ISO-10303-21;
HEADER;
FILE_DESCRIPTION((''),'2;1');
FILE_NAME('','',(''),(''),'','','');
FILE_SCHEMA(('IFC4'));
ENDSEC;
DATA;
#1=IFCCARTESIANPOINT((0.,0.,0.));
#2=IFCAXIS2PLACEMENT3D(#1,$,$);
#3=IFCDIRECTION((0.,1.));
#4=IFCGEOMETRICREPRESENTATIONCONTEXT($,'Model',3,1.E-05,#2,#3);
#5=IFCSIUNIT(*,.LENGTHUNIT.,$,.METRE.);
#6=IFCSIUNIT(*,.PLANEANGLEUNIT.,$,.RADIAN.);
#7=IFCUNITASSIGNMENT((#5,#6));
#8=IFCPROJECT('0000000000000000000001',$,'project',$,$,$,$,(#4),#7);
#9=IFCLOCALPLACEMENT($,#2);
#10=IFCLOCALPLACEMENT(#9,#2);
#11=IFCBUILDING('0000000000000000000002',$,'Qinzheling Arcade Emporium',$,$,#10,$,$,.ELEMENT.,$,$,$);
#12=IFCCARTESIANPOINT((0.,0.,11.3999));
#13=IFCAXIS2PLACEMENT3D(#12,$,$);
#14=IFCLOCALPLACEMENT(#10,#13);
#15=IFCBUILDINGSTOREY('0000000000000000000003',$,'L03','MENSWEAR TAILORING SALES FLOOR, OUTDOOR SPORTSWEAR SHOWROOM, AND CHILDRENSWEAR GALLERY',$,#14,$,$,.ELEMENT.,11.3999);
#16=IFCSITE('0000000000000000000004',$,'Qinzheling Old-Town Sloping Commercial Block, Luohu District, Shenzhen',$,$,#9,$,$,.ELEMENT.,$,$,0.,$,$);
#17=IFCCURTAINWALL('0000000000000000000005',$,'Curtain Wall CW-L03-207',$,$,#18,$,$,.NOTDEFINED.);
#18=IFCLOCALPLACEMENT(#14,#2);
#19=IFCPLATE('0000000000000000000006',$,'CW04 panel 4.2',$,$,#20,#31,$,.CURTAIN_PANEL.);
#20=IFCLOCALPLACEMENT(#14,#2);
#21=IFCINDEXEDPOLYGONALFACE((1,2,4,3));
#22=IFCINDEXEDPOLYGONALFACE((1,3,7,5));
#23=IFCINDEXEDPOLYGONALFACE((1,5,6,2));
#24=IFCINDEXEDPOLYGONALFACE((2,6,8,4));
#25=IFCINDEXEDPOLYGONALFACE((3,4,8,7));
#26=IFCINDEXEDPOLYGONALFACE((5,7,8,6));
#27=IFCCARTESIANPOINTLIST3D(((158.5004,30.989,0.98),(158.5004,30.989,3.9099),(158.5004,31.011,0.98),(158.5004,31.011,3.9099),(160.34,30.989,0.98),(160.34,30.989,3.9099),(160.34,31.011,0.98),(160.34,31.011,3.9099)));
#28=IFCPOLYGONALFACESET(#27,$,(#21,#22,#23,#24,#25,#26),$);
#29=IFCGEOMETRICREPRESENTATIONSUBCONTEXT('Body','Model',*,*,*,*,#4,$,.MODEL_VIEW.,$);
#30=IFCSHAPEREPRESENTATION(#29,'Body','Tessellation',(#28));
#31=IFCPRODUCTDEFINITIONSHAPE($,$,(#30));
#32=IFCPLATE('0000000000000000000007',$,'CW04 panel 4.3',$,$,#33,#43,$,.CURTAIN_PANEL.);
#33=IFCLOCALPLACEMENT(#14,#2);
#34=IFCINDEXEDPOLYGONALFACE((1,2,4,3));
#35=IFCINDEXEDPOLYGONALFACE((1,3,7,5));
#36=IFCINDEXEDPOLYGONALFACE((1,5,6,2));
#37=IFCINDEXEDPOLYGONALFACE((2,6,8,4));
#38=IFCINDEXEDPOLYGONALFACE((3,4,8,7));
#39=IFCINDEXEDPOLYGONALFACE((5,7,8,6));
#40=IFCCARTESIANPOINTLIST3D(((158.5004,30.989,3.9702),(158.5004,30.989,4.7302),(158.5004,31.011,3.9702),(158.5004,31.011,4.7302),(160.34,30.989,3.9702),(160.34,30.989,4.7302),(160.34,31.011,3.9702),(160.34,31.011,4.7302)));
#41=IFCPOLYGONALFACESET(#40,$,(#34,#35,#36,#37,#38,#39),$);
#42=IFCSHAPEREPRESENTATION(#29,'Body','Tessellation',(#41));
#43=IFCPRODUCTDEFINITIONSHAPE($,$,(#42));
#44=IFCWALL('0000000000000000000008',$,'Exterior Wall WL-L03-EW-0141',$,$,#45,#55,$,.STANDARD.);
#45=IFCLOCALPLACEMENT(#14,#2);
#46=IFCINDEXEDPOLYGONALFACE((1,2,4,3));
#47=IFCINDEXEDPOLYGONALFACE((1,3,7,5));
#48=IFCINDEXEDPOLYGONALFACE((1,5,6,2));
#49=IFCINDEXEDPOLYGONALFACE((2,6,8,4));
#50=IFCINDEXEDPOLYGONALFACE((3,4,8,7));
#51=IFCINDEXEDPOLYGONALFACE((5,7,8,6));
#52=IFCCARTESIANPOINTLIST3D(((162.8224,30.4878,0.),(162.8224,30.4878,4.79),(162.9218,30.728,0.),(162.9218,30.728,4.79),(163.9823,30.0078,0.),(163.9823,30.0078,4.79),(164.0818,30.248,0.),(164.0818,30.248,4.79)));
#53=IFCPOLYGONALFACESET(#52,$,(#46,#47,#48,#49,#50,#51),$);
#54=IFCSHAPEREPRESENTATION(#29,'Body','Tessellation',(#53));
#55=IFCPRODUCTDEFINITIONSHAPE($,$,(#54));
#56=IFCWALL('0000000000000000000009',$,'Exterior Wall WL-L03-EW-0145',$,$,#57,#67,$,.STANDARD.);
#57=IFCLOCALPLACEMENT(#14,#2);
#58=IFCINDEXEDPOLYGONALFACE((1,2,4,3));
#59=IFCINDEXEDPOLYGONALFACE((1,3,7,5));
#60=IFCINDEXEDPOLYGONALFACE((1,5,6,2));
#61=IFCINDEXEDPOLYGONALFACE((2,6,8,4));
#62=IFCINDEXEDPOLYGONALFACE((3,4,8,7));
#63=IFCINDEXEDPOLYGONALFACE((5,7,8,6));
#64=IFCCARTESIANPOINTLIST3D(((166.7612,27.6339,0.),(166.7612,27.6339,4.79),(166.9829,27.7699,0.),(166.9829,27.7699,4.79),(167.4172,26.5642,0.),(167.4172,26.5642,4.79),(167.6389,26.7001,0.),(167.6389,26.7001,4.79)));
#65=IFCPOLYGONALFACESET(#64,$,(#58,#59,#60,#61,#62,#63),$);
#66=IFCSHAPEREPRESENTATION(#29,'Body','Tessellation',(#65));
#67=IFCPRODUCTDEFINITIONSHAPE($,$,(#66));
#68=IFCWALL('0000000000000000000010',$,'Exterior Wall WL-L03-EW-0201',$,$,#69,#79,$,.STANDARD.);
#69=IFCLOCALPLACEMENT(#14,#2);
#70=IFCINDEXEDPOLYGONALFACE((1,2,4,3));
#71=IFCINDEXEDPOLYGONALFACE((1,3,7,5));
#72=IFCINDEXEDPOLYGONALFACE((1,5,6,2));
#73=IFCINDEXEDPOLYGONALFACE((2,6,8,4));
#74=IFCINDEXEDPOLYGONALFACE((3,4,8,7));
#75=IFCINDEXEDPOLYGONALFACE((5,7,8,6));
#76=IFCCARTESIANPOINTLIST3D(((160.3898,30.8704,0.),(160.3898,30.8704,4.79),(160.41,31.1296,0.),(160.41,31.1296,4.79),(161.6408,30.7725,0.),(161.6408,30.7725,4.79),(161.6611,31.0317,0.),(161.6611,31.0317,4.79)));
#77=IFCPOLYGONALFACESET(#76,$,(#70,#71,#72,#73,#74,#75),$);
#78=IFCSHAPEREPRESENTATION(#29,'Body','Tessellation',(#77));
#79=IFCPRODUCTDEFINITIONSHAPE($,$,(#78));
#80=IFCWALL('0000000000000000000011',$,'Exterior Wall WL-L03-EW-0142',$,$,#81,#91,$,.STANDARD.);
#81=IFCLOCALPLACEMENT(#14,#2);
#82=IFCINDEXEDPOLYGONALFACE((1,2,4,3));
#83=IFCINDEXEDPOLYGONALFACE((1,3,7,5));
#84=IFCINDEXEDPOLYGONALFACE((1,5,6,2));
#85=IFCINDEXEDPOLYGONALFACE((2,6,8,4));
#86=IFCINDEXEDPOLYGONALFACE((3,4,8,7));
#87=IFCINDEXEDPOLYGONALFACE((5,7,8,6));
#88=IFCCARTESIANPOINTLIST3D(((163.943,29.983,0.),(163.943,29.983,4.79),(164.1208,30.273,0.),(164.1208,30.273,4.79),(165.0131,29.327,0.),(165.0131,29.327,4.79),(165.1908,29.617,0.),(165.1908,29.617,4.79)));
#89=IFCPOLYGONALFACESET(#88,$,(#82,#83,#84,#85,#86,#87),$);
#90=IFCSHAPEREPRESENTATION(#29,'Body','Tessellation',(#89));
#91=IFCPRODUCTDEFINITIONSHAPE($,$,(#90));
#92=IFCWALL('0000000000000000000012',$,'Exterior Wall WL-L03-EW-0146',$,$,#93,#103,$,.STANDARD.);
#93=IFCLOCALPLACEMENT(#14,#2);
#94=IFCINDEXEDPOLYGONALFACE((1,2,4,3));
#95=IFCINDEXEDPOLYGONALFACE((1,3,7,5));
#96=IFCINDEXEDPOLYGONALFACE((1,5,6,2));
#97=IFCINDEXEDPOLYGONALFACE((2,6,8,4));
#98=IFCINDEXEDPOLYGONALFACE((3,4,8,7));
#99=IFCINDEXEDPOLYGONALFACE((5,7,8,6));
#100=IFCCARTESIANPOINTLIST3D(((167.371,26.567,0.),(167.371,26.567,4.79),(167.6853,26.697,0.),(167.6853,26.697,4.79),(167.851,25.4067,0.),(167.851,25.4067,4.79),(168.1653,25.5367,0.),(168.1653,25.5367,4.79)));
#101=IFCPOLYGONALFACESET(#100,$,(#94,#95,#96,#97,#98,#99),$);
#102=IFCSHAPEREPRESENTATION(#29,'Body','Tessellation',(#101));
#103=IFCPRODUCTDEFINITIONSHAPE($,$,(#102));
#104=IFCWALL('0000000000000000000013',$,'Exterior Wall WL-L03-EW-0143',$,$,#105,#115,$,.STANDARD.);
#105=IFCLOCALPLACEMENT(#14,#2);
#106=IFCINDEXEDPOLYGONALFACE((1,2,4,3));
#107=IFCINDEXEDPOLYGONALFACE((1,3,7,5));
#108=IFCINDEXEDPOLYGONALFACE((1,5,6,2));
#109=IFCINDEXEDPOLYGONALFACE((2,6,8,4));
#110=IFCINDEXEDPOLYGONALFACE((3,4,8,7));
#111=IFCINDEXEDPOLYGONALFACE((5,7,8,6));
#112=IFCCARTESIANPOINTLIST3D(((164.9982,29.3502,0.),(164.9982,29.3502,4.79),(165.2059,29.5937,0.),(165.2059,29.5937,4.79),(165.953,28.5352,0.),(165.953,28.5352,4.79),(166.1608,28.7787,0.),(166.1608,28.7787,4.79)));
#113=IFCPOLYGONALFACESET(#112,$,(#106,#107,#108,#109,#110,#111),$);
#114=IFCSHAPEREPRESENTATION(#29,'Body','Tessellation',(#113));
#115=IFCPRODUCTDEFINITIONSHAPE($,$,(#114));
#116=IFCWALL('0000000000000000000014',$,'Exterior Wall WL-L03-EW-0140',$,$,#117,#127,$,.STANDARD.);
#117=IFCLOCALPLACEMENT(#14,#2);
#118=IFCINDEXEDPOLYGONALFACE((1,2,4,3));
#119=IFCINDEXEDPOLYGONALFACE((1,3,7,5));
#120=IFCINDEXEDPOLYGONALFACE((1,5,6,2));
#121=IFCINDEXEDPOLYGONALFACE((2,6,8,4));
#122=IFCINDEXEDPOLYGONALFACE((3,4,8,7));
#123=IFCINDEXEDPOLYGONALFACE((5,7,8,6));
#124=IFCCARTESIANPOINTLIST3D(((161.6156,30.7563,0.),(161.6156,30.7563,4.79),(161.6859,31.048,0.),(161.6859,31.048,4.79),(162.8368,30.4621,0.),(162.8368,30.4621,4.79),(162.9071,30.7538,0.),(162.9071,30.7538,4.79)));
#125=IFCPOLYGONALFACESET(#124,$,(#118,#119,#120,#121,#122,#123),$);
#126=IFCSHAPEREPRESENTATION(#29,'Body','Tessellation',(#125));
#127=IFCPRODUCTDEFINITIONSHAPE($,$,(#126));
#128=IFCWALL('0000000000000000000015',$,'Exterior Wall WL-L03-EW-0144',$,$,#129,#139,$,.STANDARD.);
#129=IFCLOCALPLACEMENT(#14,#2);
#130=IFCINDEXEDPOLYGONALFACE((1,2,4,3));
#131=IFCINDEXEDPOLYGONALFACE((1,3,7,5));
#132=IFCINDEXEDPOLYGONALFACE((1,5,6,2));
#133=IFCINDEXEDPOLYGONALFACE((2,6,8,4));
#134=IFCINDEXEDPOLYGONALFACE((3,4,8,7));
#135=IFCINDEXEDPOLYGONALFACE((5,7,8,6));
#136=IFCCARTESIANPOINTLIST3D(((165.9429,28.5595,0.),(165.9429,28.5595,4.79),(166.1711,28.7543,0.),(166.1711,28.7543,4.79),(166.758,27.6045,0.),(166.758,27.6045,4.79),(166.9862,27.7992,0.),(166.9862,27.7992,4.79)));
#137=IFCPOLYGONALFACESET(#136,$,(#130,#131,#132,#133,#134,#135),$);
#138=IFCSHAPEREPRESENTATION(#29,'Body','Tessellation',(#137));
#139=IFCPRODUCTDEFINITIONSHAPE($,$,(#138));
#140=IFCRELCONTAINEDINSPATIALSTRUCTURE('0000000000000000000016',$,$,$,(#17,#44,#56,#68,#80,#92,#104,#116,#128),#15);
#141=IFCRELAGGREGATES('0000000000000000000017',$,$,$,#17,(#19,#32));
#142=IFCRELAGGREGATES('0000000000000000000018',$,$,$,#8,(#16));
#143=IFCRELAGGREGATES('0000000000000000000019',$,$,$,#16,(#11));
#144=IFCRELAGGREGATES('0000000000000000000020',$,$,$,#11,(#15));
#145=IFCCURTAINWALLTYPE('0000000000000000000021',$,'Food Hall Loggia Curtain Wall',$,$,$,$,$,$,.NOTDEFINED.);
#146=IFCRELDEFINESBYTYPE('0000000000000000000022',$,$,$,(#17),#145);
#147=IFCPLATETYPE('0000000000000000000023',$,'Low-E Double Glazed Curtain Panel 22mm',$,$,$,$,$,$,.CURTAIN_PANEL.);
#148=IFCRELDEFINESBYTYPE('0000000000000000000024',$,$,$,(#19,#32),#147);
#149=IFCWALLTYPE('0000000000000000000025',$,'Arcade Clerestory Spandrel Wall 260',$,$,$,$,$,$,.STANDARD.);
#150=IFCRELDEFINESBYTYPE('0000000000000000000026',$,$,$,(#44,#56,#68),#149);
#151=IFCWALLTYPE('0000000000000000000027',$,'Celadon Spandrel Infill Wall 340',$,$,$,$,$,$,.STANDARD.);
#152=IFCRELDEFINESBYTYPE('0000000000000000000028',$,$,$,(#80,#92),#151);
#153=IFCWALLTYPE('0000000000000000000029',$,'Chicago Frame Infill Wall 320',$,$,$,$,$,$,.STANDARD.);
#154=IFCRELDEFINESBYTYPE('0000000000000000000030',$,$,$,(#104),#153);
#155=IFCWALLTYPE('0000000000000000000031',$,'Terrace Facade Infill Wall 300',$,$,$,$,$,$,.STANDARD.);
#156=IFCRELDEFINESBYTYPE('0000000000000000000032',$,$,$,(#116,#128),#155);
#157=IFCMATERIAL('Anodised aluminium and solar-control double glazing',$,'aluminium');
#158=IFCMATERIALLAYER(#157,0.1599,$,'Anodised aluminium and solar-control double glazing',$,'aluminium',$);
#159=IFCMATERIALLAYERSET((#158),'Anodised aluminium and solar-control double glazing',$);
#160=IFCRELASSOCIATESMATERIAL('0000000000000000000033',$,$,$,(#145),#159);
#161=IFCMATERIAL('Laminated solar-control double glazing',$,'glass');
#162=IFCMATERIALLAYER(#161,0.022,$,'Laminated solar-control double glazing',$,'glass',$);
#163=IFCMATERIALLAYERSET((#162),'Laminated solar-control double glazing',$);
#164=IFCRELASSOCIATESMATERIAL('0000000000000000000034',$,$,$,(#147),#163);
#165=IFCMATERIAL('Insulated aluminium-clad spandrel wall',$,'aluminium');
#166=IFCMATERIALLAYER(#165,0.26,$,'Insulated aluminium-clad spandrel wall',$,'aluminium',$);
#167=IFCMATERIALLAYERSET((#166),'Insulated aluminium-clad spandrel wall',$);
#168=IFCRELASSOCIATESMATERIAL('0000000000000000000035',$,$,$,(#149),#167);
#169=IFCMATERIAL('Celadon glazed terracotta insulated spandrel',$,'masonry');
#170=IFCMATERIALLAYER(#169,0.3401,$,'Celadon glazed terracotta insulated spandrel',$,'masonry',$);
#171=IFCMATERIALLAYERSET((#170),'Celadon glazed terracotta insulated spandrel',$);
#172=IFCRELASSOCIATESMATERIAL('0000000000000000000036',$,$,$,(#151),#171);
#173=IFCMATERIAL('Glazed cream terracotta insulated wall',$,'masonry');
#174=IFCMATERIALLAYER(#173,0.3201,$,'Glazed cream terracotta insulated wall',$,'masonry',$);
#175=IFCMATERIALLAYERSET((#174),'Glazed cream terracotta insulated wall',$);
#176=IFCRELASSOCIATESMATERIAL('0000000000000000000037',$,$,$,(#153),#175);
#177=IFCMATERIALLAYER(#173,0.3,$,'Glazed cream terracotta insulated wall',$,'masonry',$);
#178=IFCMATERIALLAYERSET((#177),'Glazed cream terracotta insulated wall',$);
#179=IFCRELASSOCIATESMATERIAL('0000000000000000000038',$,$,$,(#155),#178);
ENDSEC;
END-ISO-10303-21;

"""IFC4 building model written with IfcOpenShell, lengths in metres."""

from ifc_helpers import new_model, si_unit, direction, frame, frame_2d, origin, origin_2d, place, context, subcontext, project, spatial, rectangle, extrude, material, layer, layer_set, type_object, element, aggregate, save


model = new_model("IFC4")

# Units and contexts
model_context = context("Model", 3, precision=1e-05, world=origin(), true_north=direction((0.0, 1.0)))
body_context = subcontext(model_context, "Body", "Model", "MODEL_VIEW")
ifc_project = project(units=[si_unit("LENGTHUNIT", "METRE"), si_unit("PLANEANGLEUNIT", "RADIAN")], contexts=[model_context])

# Site, building, storey
site_placement = place(None, origin())
site = spatial("IfcSite", under=ifc_project, at=site_placement, Name="Qinzheling Old-Town Sloping Commercial Block, Luohu District, Shenzhen", CompositionType="ELEMENT", RefElevation=0.0)
building_placement = place(site_placement, origin())
building = spatial("IfcBuilding", under=site, at=building_placement, Name="Qinzheling Arcade Emporium", CompositionType="ELEMENT")
storey_placement = place(building_placement, frame((0.0, 0.0, 11.3999)))
storey = spatial("IfcBuildingStorey", under=building, at=storey_placement, Name="L03", Description="MENSWEAR TAILORING SALES FLOOR, OUTDOOR SPORTSWEAR SHOWROOM, AND CHILDRENSWEAR GALLERY", CompositionType="ELEMENT", Elevation=11.3999)

# Curtain wall, plates
ifc_material_1 = material(Name="Anodised aluminium and solar-control double glazing", Category="aluminium")
ifc_layer_1 = layer(ifc_material_1, 0.1599, Name="Anodised aluminium and solar-control double glazing", Category="aluminium")
ifc_layer_set_1 = layer_set([ifc_layer_1], Name="Anodised aluminium and solar-control double glazing")
curtain_wall_type = type_object("IfcCurtainWallType", Name="Food Hall Loggia Curtain Wall", PredefinedType="NOTDEFINED", material=ifc_layer_set_1)
curtain_wall_placement = place(storey_placement, origin())
curtain_wall = element("IfcCurtainWall", 1, at=curtain_wall_placement, inside=storey, type_object=curtain_wall_type, Name="Curtain Wall CW-L03-207", PredefinedType="NOTDEFINED")
ifc_material_2 = material(Name="Laminated solar-control double glazing", Category="glass")
ifc_layer_2 = layer(ifc_material_2, 0.022, Name="Laminated solar-control double glazing", Category="glass")
ifc_layer_set_2 = layer_set([ifc_layer_2], Name="Laminated solar-control double glazing")
plate_type = type_object("IfcPlateType", Name="Low-E Double Glazed Curtain Panel 22mm", PredefinedType="CURTAIN_PANEL", material=ifc_layer_set_2)
plate_1_placement = place(storey_placement, frame((159.4202, 31.0, 0.98), z_axis=(0.0, 0.0, 1.0), x_axis=(1.0, 0.0, 0.0)))
plate_1 = element("IfcPlate", 2, at=plate_1_placement, type_object=plate_type, Name="CW04 panel 4.2", PredefinedType="CURTAIN_PANEL", context=body_context, shape_type="SweptSolid", body=[
    extrude(rectangle(XDim=1.8396, YDim=0.022, at=origin_2d()), origin(), (0.0, 0.0, 1.0), 2.9299),
])
plate_2_placement = place(storey_placement, frame((159.4202, 31.0, 3.9702), z_axis=(0.0, 0.0, 1.0), x_axis=(1.0, 0.0, 0.0)))
plate_2 = element("IfcPlate", 3, at=plate_2_placement, type_object=plate_type, Name="CW04 panel 4.3", PredefinedType="CURTAIN_PANEL", context=body_context, shape_type="SweptSolid", body=[
    extrude(rectangle(XDim=1.8396, YDim=0.022, at=origin_2d()), origin(), (0.0, 0.0, 1.0), 0.76),
])
aggregate(curtain_wall, [plate_1, plate_2])

# Walls
ifc_material_3 = material(Name="Insulated aluminium-clad spandrel wall", Category="aluminium")
ifc_layer_3 = layer(ifc_material_3, 0.26, Name="Insulated aluminium-clad spandrel wall", Category="aluminium")
ifc_layer_set_3 = layer_set([ifc_layer_3], Name="Insulated aluminium-clad spandrel wall")
wall_type_1 = type_object("IfcWallType", Name="Arcade Clerestory Spandrel Wall 260", PredefinedType="STANDARD", material=ifc_layer_set_3)
wall_1_placement = place(storey_placement, frame((162.8721, 30.6079, 0.0), z_axis=(0.0, 0.0, 1.0), x_axis=(0.924012, -0.382363, 0.0)))
element("IfcWall", 4, at=wall_1_placement, inside=storey, type_object=wall_type_1, Name="Exterior Wall WL-L03-EW-0141", PredefinedType="STANDARD", context=body_context, shape_type="SweptSolid", body=[
    extrude(rectangle(XDim=1.2554, YDim=0.26, at=frame_2d((0.6277, 0.0))), origin(), (0.0, 0.0, 1.0), 4.79),
])
for number, where, z_axis, x_axis, name in (
    (5, (166.8721, 27.7019, 0.0), (0.0, 0.0, 1.0), (0.52274, -0.852492, 0.0), "Exterior Wall WL-L03-EW-0145"),
    (6, (160.3999, 31.0, 0.0), (0.0, 0.0, 1.0), (0.996952, -0.078021, 0.0), "Exterior Wall WL-L03-EW-0201"),
):
    element("IfcWall", number, at=place(storey_placement, frame(where, z_axis=z_axis, x_axis=x_axis)), inside=storey, type_object=wall_type_1, Name=name, PredefinedType="STANDARD", context=body_context, shape_type="SweptSolid", body=[
        extrude(rectangle(XDim=1.2549, YDim=0.26, at=frame_2d((0.6274, 0.0))), origin(), (0.0, 0.0, 1.0), 4.79),
    ])
ifc_material_4 = material(Name="Celadon glazed terracotta insulated spandrel", Category="masonry")
ifc_layer_4 = layer(ifc_material_4, 0.3401, Name="Celadon glazed terracotta insulated spandrel", Category="masonry")
ifc_layer_set_4 = layer_set([ifc_layer_4], Name="Celadon glazed terracotta insulated spandrel")
wall_type_2 = type_object("IfcWallType", Name="Celadon Spandrel Infill Wall 340", PredefinedType="STANDARD", material=ifc_layer_set_4)
wall_2_placement = place(storey_placement, frame((164.032, 30.1279, 0.0), z_axis=(0.0, 0.0, 1.0), x_axis=(0.852545, -0.522653, 0.0)))
element("IfcWall", 7, at=wall_2_placement, inside=storey, type_object=wall_type_2, Name="Exterior Wall WL-L03-EW-0142", PredefinedType="STANDARD", context=body_context, shape_type="SweptSolid", body=[
    extrude(rectangle(XDim=1.2551, YDim=0.3401, at=frame_2d((0.6274, 0.0))), origin(), (0.0, 0.0, 1.0), 4.79),
])
wall_3_placement = place(storey_placement, frame((167.5281, 26.6321, 0.0), z_axis=(0.0, 0.0, 1.0), x_axis=(0.382295, -0.924041, 0.0)))
element("IfcWall", 8, at=wall_3_placement, inside=storey, type_object=wall_type_2, Name="Exterior Wall WL-L03-EW-0146", PredefinedType="STANDARD", context=body_context, shape_type="SweptSolid", body=[
    extrude(rectangle(XDim=1.2556, YDim=0.3401, at=frame_2d((0.6279, 0.0))), origin(), (0.0, 0.0, 1.0), 4.79),
])
ifc_material_5 = material(Name="Glazed cream terracotta insulated wall", Category="masonry")
ifc_layer_5 = layer(ifc_material_5, 0.3201, Name="Glazed cream terracotta insulated wall", Category="masonry")
ifc_layer_set_5 = layer_set([ifc_layer_5], Name="Glazed cream terracotta insulated wall")
wall_type_3 = type_object("IfcWallType", Name="Chicago Frame Infill Wall 320", PredefinedType="STANDARD", material=ifc_layer_set_5)
wall_4_placement = place(storey_placement, frame((165.1021, 29.4719, 0.0), z_axis=(0.0, 0.0, 1.0), x_axis=(0.760628, -0.649188, 0.0)))
element("IfcWall", 9, at=wall_4_placement, inside=storey, type_object=wall_type_3, Name="Exterior Wall WL-L03-EW-0143", PredefinedType="STANDARD", context=body_context, shape_type="SweptSolid", body=[
    extrude(rectangle(XDim=1.2554, YDim=0.3201, at=frame_2d((0.6277, 0.0))), origin(), (0.0, 0.0, 1.0), 4.79),
])
ifc_layer_6 = layer(ifc_material_5, 0.3, Name="Glazed cream terracotta insulated wall", Category="masonry")
ifc_layer_set_6 = layer_set([ifc_layer_6], Name="Glazed cream terracotta insulated wall")
wall_type_4 = type_object("IfcWallType", Name="Terrace Facade Infill Wall 300", PredefinedType="STANDARD", material=ifc_layer_set_6)
wall_5_placement = place(storey_placement, frame((161.6509, 30.9021, 0.0), z_axis=(0.0, 0.0, 1.0), x_axis=(0.972188, -0.234204, 0.0)))
element("IfcWall", 10, at=wall_5_placement, inside=storey, type_object=wall_type_4, Name="Exterior Wall WL-L03-EW-0140", PredefinedType="STANDARD", context=body_context, shape_type="SweptSolid", body=[
    extrude(rectangle(XDim=1.2561, YDim=0.3, at=frame_2d((0.6279, 0.0))), origin(), (0.0, 0.0, 1.0), 4.79),
])
wall_6_placement = place(storey_placement, frame((166.0569, 28.657, 0.0), z_axis=(0.0, 0.0, 1.0), x_axis=(0.649205, -0.760614, 0.0)))
element("IfcWall", 11, at=wall_6_placement, inside=storey, type_object=wall_type_4, Name="Exterior Wall WL-L03-EW-0144", PredefinedType="STANDARD", context=body_context, shape_type="SweptSolid", body=[
    extrude(rectangle(XDim=1.2556, YDim=0.3, at=frame_2d((0.6279, 0.0))), origin(), (0.0, 0.0, 1.0), 4.79),
])

save(model, "model.ifc")
